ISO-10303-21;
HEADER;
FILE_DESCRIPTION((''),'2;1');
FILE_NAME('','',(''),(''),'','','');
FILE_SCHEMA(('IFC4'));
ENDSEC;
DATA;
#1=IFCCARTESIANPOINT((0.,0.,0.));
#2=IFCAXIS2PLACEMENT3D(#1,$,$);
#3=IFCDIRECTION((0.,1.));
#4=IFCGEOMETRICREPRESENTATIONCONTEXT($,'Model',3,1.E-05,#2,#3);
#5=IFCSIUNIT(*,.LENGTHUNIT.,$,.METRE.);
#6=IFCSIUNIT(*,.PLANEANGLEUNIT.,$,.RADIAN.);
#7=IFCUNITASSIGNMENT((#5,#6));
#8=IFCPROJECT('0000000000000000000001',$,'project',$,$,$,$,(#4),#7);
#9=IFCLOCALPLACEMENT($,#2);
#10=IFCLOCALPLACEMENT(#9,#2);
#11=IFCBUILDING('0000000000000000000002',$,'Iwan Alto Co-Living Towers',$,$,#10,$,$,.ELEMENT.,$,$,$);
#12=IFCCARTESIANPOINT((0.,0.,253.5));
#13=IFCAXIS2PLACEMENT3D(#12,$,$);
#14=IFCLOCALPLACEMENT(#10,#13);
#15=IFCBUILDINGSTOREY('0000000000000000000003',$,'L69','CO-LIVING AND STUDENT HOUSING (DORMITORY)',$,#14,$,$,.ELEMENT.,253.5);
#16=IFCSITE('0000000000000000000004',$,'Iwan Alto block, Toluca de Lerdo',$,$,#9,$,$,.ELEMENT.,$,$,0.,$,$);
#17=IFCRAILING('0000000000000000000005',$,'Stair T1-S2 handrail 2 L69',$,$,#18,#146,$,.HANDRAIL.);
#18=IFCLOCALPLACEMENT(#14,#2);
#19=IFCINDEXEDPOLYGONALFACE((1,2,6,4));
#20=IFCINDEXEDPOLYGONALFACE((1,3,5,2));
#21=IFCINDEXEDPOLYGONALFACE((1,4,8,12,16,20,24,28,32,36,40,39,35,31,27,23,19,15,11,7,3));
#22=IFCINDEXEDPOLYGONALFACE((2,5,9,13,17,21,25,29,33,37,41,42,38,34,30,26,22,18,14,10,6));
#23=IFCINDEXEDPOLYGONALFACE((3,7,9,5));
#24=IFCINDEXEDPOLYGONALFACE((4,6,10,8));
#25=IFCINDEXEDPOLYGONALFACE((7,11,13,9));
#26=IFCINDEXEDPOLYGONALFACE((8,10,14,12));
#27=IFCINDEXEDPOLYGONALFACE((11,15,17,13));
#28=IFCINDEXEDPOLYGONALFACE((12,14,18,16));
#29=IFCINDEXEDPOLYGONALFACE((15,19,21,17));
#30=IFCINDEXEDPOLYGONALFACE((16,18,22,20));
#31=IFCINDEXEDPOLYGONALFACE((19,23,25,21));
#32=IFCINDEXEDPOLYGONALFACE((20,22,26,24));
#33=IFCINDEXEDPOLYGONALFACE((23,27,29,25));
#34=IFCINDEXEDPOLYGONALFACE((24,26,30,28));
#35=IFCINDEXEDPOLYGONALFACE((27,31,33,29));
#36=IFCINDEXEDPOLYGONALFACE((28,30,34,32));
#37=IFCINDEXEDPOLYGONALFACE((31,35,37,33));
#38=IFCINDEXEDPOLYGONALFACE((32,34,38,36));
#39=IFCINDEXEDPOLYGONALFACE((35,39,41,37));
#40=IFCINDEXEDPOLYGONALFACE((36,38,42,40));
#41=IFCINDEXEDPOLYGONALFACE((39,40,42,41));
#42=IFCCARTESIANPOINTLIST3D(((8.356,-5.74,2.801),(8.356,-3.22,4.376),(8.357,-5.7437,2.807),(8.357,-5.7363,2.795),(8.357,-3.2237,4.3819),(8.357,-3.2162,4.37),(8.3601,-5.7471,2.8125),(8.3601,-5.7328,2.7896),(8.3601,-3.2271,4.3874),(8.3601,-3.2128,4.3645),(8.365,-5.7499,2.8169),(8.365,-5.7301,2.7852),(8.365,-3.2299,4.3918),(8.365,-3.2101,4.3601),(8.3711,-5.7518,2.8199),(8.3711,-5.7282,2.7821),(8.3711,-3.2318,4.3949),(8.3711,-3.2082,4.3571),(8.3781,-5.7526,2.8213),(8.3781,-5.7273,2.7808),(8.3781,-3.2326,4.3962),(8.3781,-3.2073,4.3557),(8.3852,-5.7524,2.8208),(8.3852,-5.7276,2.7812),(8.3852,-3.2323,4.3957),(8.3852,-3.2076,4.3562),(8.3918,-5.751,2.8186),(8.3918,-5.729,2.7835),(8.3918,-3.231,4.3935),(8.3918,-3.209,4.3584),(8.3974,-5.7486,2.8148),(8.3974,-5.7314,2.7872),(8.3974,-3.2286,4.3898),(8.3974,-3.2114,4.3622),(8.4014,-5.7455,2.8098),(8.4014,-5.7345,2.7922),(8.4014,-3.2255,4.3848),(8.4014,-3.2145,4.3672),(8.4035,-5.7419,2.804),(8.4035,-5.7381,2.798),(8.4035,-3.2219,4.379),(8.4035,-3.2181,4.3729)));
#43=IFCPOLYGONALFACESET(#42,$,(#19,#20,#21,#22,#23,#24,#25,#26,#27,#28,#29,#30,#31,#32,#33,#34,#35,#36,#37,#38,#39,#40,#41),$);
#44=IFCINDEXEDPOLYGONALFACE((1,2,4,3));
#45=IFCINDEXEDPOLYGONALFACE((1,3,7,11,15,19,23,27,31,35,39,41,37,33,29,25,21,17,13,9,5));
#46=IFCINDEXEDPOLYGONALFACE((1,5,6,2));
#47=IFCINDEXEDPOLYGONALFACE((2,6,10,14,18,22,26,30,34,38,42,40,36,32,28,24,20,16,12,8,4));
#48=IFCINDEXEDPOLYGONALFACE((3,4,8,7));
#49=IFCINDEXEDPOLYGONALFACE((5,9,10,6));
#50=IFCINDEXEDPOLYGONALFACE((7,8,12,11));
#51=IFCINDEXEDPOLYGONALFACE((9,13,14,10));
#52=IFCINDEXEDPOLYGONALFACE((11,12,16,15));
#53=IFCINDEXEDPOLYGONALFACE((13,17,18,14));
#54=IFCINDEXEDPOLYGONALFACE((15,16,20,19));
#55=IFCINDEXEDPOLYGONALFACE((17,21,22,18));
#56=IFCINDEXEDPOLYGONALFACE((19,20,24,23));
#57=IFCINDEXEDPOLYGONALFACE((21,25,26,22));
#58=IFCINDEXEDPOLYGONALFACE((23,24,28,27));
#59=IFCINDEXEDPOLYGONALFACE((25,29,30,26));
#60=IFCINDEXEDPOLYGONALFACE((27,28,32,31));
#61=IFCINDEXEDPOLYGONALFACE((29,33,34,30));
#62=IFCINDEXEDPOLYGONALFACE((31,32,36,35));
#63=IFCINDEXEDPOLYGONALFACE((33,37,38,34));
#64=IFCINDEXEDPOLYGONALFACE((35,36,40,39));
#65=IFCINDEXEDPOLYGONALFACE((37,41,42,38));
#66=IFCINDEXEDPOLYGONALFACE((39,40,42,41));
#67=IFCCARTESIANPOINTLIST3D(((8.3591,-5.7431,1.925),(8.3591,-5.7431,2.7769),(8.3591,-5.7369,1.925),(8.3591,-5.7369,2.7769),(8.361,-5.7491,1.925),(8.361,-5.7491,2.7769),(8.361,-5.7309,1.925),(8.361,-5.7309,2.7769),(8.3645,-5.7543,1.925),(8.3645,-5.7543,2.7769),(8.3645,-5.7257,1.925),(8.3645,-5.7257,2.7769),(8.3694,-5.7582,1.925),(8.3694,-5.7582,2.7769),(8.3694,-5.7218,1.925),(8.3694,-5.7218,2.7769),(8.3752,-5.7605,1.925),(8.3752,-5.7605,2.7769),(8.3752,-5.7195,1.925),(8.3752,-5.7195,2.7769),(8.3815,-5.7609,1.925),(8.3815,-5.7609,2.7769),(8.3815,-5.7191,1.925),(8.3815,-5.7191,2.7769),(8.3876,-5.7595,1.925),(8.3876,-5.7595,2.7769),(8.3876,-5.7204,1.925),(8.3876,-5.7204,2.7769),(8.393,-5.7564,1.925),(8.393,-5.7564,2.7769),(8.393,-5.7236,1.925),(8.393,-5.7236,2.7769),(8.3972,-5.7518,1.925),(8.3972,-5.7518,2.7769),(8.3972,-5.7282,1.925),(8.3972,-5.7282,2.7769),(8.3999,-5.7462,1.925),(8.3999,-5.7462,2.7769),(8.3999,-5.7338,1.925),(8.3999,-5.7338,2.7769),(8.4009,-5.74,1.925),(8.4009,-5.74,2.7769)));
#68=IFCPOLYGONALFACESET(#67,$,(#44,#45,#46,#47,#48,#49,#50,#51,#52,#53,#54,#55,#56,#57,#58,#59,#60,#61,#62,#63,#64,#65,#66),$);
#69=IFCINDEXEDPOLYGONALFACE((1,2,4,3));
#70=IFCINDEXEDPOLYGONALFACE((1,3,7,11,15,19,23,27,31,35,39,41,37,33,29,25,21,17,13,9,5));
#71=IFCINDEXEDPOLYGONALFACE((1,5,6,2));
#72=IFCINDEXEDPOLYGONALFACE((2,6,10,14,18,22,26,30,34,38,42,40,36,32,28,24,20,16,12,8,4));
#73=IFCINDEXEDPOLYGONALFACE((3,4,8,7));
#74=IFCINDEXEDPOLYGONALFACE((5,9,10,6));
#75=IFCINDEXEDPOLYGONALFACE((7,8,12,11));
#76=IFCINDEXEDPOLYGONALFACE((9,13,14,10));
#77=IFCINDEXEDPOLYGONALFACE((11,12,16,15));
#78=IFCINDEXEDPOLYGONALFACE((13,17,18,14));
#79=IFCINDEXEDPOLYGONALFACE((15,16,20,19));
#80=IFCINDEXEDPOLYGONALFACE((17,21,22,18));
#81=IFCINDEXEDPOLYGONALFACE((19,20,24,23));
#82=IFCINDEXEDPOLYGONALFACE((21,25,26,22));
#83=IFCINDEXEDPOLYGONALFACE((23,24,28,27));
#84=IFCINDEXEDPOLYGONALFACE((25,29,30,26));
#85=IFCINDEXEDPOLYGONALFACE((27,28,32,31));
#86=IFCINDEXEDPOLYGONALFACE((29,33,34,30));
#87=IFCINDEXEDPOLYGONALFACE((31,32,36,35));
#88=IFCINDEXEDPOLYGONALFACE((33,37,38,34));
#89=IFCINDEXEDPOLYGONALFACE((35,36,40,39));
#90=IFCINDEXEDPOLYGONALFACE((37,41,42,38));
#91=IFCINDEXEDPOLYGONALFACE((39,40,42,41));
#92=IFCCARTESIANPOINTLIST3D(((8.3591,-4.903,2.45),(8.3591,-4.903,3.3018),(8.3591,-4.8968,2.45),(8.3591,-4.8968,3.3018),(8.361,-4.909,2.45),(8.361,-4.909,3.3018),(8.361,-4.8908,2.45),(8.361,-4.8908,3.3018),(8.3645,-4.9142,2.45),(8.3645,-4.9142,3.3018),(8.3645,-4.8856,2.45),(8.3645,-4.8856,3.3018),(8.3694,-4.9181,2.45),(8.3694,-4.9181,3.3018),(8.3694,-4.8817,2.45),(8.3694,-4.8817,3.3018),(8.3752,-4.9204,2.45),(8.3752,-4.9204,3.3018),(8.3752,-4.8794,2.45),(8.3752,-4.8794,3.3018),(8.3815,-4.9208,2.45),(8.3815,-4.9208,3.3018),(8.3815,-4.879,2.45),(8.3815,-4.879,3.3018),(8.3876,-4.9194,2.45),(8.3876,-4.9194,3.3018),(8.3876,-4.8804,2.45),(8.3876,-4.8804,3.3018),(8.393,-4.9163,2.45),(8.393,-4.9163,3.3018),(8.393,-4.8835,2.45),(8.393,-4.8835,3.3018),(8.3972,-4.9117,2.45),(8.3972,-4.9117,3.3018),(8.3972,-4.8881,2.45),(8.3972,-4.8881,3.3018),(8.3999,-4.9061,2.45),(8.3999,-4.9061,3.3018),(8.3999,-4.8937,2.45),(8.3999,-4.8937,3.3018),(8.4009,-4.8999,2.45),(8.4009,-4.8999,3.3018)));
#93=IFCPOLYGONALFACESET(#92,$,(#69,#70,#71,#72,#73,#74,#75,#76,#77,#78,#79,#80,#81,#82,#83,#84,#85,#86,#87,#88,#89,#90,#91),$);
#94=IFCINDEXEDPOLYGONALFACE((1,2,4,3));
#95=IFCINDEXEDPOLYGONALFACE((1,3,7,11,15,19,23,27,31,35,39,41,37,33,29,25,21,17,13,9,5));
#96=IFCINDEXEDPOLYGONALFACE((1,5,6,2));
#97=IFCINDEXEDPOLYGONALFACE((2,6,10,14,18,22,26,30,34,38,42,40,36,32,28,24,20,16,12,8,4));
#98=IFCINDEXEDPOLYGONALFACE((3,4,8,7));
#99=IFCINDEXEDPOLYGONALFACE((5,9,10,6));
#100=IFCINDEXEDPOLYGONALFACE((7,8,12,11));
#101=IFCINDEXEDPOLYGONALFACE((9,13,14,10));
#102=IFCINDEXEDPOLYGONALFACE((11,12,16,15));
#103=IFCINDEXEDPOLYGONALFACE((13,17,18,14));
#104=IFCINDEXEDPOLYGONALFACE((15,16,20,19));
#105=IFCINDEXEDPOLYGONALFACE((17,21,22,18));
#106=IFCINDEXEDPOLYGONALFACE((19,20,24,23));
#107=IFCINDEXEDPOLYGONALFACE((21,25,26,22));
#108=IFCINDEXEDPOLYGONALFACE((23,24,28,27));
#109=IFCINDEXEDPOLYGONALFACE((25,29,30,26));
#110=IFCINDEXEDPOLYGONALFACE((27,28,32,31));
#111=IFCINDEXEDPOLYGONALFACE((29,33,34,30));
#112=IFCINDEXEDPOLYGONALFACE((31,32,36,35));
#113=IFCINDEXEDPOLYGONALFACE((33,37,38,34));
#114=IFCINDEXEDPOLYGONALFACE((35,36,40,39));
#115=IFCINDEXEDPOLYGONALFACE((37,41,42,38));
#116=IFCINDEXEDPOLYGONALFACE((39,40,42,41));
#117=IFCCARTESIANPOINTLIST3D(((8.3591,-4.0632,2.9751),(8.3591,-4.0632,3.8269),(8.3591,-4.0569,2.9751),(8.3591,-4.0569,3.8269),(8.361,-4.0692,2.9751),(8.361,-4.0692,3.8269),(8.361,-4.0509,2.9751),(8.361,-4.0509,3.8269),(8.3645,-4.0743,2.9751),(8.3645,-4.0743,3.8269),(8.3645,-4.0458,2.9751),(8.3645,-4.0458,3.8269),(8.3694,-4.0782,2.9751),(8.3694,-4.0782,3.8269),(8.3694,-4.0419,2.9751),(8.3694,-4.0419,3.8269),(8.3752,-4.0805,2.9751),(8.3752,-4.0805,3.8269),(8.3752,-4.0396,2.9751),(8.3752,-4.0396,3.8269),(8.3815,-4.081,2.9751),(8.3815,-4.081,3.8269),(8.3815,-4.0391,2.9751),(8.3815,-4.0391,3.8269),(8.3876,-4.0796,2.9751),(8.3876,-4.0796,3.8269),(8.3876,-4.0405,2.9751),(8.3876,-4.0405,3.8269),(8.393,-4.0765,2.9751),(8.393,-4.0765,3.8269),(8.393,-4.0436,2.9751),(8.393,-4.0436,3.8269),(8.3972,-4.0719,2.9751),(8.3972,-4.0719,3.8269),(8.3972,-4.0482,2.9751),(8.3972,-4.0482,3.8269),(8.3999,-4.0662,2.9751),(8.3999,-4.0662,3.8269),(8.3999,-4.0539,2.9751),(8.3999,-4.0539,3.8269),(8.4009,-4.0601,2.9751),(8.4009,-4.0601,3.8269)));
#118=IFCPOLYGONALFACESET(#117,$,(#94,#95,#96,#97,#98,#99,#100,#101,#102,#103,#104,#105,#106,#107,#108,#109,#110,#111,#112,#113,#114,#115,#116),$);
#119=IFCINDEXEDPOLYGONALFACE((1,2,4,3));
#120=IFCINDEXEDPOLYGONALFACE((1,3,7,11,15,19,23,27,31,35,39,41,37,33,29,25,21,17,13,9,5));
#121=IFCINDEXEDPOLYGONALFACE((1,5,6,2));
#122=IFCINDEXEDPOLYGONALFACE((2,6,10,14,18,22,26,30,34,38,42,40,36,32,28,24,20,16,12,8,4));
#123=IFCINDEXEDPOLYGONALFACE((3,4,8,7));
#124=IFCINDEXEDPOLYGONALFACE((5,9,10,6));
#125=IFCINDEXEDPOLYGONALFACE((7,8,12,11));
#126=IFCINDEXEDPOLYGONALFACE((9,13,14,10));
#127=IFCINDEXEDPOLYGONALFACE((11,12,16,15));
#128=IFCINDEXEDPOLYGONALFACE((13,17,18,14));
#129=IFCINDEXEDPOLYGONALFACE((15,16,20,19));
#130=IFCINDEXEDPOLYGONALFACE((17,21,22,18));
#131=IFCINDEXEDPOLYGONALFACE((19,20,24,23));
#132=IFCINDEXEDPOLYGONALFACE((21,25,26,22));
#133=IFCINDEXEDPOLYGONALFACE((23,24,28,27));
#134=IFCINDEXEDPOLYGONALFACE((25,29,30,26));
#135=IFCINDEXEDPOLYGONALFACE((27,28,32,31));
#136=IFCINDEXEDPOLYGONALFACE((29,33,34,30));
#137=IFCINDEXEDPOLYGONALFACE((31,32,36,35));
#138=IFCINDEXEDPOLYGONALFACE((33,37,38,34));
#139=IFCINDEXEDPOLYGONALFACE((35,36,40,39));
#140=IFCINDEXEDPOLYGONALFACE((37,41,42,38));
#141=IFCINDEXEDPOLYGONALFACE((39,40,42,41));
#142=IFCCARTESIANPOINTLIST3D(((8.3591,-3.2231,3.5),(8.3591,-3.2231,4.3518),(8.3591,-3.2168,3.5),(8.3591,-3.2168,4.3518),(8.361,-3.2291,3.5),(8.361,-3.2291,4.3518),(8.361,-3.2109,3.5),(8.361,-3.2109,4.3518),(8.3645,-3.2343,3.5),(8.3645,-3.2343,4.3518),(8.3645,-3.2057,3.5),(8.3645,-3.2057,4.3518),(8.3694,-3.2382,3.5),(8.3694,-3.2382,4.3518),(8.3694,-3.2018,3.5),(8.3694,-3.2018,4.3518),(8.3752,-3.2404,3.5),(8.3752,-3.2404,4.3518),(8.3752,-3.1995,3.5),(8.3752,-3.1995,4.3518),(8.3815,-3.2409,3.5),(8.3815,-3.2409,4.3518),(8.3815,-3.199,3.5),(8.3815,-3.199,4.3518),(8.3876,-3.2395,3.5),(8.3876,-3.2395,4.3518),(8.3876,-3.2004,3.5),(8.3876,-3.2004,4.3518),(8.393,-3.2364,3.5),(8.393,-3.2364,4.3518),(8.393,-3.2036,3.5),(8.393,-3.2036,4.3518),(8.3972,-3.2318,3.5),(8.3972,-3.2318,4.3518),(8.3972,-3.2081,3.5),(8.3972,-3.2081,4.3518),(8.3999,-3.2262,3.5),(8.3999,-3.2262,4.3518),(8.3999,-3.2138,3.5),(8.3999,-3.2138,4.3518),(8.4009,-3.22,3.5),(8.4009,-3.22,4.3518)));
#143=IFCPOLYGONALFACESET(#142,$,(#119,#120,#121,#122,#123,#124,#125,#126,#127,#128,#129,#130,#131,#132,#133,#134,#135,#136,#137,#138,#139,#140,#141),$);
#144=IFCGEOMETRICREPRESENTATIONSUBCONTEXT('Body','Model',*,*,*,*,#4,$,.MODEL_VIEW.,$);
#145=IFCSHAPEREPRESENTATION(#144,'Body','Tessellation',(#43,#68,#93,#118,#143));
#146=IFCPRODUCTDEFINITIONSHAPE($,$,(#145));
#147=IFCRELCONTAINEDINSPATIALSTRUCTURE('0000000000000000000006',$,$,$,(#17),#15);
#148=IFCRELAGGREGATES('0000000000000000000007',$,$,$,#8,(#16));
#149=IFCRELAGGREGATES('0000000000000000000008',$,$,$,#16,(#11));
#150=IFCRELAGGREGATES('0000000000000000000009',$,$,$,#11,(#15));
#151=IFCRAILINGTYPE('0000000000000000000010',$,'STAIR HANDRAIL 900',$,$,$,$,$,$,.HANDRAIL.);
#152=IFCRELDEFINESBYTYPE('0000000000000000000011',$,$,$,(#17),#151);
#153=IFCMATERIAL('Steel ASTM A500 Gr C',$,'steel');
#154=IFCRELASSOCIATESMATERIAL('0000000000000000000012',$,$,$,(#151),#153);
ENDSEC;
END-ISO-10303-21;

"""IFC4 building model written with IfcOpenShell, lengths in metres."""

from ifc_helpers import new_model, si_unit, direction, frame, origin, origin_2d, place, context, subcontext, project, spatial, circle, extrude, material, type_object, element, save


model = new_model("IFC4")

# Units and contexts
model_context = context("Model", 3, precision=1e-05, world=origin(), true_north=direction((0.0, 1.0)))
body_context = subcontext(model_context, "Body", "Model", "MODEL_VIEW")
ifc_project = project(units=[si_unit("LENGTHUNIT", "METRE"), si_unit("PLANEANGLEUNIT", "RADIAN")], contexts=[model_context])

# Site, building, storey
site_placement = place(None, origin())
site = spatial("IfcSite", under=ifc_project, at=site_placement, Name="Iwan Alto block, Toluca de Lerdo", CompositionType="ELEMENT", RefElevation=0.0)
building_placement = place(site_placement, origin())
building = spatial("IfcBuilding", under=site, at=building_placement, Name="Iwan Alto Co-Living Towers", CompositionType="ELEMENT")
storey_placement = place(building_placement, frame((0.0, 0.0, 253.5)))
storey = spatial("IfcBuildingStorey", under=building, at=storey_placement, Name="L69", Description="CO-LIVING AND STUDENT HOUSING (DORMITORY)", CompositionType="ELEMENT", Elevation=253.5)

# Railing
ifc_material_1 = material(Name="Steel ASTM A500 Gr C", Category="steel")
railing_type_1 = type_object("IfcRailingType", Name="STAIR HANDRAIL 900", PredefinedType="HANDRAIL", material=ifc_material_1)
railing_1_placement = place(storey_placement, frame((8.3799, -5.74, 1.925)))
element("IfcRailing", 1, at=railing_1_placement, inside=storey, type_object=railing_type_1, Name="Stair T1-S2 handrail 2 L69", PredefinedType="HANDRAIL", context=body_context, shape_type="SweptSolid", body=[
    extrude(circle(Radius=0.0239, at=origin_2d()), frame((0.0, 0.0, 0.876), z_axis=(0.0, 0.848008, 0.529984), x_axis=(-1.0, 0.0, 0.0)), (0.0, 0.0, 1.0), 2.9717),
    extrude(circle(Radius=0.021, at=origin_2d()), origin(), (0.0, 0.0, 1.0), 0.8518),
    extrude(circle(Radius=0.021, at=origin_2d()), frame((0.0, 0.8401, 0.5249)), (0.0, 0.0, 1.0), 0.8518),
    extrude(circle(Radius=0.021, at=origin_2d()), frame((0.0, 1.6799, 1.05)), (0.0, 0.0, 1.0), 0.8518),
    extrude(circle(Radius=0.021, at=origin_2d()), frame((0.0, 2.52, 1.575)), (0.0, 0.0, 1.0), 0.8518),
])

save(model, "model.ifc")
